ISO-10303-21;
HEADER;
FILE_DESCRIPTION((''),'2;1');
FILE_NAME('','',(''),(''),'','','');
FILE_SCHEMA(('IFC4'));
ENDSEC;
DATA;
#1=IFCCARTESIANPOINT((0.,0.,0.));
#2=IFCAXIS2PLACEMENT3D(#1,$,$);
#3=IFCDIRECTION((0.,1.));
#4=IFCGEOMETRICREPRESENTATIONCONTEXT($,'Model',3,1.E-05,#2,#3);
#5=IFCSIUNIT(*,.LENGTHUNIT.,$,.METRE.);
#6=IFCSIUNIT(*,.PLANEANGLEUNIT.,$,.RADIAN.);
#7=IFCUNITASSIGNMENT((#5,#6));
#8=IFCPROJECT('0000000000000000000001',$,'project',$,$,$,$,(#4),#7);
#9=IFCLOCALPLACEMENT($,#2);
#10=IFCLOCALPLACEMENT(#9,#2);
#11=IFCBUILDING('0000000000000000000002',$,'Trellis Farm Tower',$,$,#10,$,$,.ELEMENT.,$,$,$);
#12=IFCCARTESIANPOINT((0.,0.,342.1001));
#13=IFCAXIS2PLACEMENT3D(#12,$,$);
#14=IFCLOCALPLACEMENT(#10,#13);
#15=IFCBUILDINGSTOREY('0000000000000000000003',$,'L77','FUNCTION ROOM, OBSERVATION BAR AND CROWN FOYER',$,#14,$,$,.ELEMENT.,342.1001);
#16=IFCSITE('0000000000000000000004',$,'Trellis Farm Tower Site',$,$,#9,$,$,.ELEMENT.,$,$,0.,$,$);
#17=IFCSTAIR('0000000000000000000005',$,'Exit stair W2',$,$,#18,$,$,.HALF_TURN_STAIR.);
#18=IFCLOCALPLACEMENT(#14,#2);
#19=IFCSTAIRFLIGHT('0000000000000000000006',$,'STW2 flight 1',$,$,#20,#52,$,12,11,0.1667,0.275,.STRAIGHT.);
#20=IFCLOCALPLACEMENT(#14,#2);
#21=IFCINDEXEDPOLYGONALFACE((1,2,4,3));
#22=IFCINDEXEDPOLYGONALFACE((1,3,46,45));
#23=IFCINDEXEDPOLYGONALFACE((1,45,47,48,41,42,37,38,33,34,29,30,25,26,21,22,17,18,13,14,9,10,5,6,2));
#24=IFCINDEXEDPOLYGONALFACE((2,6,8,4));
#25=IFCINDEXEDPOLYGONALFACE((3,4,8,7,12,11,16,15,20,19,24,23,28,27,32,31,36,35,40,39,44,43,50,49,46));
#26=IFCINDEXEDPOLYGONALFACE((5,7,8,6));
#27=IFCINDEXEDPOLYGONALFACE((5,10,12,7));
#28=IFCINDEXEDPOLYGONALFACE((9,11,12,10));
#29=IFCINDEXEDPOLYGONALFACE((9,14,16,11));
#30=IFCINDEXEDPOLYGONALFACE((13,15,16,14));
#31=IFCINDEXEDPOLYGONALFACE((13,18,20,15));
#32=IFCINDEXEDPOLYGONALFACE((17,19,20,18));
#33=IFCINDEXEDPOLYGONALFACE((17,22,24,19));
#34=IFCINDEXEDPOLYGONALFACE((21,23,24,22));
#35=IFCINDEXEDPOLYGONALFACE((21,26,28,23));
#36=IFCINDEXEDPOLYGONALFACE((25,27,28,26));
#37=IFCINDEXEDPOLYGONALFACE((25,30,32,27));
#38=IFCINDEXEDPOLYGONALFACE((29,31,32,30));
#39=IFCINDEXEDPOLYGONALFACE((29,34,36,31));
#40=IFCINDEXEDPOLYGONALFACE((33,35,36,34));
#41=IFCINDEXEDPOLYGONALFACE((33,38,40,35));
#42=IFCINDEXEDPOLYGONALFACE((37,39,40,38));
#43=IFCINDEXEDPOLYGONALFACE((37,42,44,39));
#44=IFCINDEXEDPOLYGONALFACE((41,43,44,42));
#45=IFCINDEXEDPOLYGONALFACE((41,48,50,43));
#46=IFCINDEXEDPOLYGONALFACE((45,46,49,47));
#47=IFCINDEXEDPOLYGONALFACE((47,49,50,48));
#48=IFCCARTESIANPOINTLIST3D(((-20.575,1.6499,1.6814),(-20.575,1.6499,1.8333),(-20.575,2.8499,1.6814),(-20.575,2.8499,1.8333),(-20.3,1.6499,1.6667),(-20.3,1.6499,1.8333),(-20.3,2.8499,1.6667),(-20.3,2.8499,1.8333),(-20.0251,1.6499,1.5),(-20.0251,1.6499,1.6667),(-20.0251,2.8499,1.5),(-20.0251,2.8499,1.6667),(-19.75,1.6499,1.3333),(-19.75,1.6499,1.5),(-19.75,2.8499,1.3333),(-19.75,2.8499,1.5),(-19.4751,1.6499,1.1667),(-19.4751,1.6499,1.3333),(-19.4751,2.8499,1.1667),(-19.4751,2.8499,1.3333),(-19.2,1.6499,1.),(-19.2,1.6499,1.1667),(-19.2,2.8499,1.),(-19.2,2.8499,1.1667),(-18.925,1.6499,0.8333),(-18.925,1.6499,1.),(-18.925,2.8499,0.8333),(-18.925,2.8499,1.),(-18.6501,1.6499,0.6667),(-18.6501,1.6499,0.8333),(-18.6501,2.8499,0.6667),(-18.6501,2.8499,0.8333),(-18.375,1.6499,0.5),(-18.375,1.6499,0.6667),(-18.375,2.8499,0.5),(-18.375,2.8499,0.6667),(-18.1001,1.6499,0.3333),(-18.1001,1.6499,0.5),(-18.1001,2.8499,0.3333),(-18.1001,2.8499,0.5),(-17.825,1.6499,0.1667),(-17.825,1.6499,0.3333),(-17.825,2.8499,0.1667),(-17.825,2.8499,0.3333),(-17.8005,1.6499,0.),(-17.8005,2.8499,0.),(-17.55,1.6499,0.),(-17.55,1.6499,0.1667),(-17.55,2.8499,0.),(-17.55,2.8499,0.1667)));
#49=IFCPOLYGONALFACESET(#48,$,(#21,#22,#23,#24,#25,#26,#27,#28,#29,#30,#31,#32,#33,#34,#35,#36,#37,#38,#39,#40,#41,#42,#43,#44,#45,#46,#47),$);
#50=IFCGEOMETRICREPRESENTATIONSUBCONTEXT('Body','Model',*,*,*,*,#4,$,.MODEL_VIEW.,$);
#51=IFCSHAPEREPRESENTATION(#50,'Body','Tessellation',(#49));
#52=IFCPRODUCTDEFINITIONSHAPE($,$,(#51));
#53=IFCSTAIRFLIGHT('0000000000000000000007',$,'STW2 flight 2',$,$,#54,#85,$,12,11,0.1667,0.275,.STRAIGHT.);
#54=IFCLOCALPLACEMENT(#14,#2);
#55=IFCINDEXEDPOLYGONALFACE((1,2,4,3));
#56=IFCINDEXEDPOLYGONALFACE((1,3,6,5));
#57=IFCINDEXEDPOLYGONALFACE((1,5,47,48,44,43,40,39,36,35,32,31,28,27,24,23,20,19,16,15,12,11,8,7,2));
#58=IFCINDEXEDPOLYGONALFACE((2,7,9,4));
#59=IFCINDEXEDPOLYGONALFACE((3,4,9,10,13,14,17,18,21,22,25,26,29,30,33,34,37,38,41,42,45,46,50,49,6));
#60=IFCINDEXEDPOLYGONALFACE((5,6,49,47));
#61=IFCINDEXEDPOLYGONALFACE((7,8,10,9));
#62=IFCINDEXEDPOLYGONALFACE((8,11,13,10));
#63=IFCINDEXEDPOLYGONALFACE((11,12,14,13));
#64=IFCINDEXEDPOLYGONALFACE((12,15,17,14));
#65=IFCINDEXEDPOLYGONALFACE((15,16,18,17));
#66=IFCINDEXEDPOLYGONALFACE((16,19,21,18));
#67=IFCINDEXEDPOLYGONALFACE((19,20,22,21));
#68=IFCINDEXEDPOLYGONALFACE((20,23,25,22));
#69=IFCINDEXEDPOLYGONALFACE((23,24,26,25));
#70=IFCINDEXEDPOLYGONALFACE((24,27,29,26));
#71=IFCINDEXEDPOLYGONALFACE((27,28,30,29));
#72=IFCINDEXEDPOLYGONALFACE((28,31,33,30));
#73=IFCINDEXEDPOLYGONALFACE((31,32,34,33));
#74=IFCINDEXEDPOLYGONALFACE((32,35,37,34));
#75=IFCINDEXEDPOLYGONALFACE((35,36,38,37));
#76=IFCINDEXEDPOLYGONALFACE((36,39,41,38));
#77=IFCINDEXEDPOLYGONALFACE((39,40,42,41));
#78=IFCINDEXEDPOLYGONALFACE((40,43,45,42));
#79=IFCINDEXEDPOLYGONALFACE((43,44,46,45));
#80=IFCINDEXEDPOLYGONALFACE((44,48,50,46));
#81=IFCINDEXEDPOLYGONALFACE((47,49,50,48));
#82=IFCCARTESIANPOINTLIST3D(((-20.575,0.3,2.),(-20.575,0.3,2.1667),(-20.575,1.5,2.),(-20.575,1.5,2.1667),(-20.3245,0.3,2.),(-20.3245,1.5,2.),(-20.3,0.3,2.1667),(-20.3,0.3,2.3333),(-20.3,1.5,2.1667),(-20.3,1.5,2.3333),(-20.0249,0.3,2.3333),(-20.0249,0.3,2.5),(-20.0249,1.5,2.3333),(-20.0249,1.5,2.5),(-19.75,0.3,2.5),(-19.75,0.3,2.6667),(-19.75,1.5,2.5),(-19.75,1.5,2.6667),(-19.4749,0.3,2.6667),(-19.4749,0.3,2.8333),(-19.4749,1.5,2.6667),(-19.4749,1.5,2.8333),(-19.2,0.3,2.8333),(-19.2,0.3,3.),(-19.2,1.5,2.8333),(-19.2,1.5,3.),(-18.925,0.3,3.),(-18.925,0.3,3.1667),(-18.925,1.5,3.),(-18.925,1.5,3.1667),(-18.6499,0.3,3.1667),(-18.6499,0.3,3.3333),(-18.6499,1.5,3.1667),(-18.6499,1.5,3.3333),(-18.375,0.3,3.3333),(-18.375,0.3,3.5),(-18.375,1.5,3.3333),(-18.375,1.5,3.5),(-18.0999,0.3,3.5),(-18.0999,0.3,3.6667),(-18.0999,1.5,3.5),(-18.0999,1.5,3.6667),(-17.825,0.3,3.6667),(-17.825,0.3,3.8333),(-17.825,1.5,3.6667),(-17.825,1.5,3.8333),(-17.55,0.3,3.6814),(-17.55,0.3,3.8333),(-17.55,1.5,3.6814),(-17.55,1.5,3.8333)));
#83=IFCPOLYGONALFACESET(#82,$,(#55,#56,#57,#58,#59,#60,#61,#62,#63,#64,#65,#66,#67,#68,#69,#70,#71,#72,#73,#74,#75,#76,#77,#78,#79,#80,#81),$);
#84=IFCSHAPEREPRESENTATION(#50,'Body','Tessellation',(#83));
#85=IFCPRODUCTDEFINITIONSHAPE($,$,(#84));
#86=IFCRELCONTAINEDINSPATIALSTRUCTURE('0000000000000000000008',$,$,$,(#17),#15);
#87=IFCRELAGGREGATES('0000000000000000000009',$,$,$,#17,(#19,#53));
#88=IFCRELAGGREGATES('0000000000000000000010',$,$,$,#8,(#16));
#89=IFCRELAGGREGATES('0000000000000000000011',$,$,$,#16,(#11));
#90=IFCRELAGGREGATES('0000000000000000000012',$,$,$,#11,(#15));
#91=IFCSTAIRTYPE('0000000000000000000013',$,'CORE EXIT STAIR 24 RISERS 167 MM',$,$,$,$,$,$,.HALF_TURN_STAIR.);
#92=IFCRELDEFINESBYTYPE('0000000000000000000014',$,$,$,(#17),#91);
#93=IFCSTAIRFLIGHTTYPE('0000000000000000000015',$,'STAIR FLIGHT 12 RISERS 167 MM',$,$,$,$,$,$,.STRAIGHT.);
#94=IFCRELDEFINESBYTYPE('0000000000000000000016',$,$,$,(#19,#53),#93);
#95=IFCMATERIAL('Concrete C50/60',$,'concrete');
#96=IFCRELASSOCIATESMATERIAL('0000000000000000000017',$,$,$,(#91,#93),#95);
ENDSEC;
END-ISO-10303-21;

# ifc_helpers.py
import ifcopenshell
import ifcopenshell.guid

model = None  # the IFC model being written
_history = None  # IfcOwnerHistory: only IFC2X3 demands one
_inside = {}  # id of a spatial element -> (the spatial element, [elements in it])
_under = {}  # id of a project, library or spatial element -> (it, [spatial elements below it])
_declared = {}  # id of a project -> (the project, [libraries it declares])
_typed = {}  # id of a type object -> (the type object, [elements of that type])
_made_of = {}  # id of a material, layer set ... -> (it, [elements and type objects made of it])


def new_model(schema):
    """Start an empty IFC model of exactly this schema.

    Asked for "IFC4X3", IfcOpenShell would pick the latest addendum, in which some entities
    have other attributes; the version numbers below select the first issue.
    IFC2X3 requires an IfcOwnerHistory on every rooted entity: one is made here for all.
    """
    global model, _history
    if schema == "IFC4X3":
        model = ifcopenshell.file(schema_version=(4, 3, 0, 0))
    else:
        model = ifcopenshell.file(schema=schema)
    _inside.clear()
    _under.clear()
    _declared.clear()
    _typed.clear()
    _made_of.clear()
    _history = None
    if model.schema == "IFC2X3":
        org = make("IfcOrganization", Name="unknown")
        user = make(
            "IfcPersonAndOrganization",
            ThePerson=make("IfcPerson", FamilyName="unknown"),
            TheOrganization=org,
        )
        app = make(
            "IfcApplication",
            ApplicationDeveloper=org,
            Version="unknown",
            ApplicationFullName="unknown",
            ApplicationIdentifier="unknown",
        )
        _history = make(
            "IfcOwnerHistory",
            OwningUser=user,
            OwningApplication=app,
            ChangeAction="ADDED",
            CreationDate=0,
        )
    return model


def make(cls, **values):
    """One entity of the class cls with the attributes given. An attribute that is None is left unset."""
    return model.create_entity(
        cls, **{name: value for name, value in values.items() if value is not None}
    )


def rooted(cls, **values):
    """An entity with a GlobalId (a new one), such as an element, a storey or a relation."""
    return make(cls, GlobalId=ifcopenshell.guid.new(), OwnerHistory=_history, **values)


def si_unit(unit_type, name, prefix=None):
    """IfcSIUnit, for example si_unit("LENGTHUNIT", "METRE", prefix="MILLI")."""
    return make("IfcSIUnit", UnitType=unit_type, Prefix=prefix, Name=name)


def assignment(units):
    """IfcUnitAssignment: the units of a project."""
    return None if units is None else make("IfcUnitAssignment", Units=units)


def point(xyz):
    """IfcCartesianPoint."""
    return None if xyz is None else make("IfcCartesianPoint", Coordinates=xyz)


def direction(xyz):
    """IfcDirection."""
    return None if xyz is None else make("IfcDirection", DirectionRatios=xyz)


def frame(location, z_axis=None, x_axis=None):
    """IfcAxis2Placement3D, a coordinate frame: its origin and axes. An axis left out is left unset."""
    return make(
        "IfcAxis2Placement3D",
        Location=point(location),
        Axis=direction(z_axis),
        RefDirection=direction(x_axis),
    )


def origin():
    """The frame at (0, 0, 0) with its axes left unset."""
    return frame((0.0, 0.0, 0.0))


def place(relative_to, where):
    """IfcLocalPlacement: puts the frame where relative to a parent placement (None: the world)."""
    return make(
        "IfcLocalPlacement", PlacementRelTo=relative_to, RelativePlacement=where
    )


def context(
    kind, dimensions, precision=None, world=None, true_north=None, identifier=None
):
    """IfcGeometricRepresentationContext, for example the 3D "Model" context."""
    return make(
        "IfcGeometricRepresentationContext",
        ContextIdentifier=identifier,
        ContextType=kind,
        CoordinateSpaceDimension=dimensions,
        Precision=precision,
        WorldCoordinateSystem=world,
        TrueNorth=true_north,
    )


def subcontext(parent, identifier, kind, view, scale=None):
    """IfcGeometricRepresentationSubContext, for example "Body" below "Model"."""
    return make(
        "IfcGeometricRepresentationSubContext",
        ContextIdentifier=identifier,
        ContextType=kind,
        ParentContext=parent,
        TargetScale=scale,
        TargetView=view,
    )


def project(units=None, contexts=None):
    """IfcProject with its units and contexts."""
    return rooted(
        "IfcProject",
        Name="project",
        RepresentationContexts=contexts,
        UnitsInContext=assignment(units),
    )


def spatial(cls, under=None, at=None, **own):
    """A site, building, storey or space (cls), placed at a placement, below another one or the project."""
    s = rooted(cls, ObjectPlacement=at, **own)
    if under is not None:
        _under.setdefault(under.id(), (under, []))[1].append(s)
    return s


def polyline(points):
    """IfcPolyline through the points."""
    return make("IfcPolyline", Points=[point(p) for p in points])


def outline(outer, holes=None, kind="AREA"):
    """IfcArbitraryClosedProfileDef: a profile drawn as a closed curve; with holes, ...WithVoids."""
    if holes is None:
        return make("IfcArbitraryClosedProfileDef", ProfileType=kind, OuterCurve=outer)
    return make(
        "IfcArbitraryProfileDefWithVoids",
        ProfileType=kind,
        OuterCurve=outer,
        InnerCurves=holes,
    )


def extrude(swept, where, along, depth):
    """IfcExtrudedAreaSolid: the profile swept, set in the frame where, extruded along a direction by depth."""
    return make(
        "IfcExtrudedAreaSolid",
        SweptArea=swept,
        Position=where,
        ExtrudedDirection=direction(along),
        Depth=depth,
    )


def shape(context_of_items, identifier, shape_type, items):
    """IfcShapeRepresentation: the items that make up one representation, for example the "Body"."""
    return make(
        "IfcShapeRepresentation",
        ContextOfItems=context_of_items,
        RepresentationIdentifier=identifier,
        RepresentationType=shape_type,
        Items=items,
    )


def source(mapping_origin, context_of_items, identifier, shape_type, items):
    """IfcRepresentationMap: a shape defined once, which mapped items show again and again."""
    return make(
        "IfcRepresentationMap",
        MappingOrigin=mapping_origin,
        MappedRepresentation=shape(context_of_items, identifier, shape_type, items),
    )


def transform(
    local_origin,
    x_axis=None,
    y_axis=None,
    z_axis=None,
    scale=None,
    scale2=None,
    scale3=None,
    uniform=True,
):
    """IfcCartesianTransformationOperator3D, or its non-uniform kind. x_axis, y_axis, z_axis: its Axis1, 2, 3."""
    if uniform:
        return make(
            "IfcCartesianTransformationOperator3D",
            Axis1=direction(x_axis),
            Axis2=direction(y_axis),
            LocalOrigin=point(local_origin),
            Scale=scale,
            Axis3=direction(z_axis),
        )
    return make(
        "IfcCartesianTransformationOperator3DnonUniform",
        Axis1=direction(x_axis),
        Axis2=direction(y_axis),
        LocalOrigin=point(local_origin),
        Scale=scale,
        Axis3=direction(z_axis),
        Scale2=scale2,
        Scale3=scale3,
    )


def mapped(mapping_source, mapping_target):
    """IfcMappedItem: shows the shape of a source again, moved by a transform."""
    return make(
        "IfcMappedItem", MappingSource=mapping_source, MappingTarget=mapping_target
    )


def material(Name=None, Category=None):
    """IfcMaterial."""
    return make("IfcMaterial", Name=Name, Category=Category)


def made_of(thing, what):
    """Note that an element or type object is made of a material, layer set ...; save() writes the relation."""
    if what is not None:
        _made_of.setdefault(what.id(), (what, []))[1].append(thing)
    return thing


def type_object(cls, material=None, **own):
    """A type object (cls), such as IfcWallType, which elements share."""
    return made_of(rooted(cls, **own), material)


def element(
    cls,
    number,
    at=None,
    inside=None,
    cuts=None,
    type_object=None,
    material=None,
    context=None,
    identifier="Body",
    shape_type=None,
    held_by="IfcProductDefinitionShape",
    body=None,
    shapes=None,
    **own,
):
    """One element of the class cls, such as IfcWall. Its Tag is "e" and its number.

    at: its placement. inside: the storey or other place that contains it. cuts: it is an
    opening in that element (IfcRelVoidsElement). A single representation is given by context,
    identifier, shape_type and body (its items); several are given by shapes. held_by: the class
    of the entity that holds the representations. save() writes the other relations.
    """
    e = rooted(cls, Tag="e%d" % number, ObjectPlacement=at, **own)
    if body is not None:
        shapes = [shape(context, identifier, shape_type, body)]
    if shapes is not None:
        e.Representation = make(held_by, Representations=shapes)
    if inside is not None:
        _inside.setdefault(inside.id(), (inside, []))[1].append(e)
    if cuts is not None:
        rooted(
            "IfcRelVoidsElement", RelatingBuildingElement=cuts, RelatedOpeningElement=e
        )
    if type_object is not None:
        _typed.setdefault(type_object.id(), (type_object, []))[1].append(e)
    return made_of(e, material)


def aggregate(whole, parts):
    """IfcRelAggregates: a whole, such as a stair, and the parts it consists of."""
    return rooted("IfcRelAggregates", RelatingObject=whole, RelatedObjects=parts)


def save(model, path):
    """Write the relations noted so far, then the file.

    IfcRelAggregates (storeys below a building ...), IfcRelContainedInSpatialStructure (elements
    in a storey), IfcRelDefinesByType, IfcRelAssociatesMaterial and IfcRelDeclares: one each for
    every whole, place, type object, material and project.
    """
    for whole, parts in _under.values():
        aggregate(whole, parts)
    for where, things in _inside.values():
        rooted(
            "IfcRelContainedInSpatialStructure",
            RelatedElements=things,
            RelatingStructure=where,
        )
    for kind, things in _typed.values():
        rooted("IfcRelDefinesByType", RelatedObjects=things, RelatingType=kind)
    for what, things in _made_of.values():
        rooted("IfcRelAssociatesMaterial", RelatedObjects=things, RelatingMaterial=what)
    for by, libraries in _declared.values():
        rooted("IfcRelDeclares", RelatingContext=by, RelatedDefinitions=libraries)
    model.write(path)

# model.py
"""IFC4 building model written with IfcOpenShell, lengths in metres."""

from ifc_helpers import new_model, si_unit, direction, frame, origin, place, context, subcontext, project, spatial, polyline, outline, extrude, source, transform, mapped, material, type_object, element, aggregate, save


model = new_model("IFC4")

# Units and contexts
model_context = context("Model", 3, precision=1e-05, world=origin(), true_north=direction((0.0, 1.0)))
body_context = subcontext(model_context, "Body", "Model", "MODEL_VIEW")
ifc_project = project(units=[si_unit("LENGTHUNIT", "METRE"), si_unit("PLANEANGLEUNIT", "RADIAN")], contexts=[model_context])

# Site, building, storey
site_placement = place(None, origin())
site = spatial("IfcSite", under=ifc_project, at=site_placement, Name="Trellis Farm Tower Site", CompositionType="ELEMENT", RefElevation=0.0)
building_placement = place(site_placement, origin())
building = spatial("IfcBuilding", under=site, at=building_placement, Name="Trellis Farm Tower", CompositionType="ELEMENT")
storey_placement = place(building_placement, frame((0.0, 0.0, 342.1001)))
storey = spatial("IfcBuildingStorey", under=building, at=storey_placement, Name="L77", Description="FUNCTION ROOM, OBSERVATION BAR AND CROWN FOYER", CompositionType="ELEMENT", Elevation=342.1001)

# Shared definitions
ifc_material_1 = material(Name="Concrete C50/60", Category="concrete")

# Shared definitions
placement = place(storey_placement, origin())

# Stair, stair flights
stair_type = type_object("IfcStairType", Name="CORE EXIT STAIR 24 RISERS 167 MM", PredefinedType="HALF_TURN_STAIR", material=ifc_material_1)
stair_flight_type = type_object("IfcStairFlightType", Name="STAIR FLIGHT 12 RISERS 167 MM", PredefinedType="STRAIGHT", material=ifc_material_1)
shared_shape_1 = source(origin(), body_context, "Body", "SweptSolid", [
    extrude(outline(polyline([(0.0, 0.0), (0.0, 0.1667), (0.2749, 0.1667), (0.2749, 0.3333), (0.55, 0.3333), (0.55, 0.5), (0.825, 0.5), (0.825, 0.6667), (1.1001, 0.6667), (1.1001, 0.8333), (1.375, 0.8333), (1.375, 1.0), (1.6499, 1.0), (1.6499, 1.1667), (1.925, 1.1667), (1.925, 1.3333), (2.2, 1.3333), (2.2, 1.5), (2.4751, 1.5), (2.4751, 1.6667), (2.75, 1.6667), (2.75, 1.8333), (3.0249, 1.8333), (3.0249, 2.0), (3.0249, 1.6814), (0.2505, 0.0), (0.0, 0.0)])), frame((0.0, 0.6001, 0.0), z_axis=(0.0, -1.0, 0.0), x_axis=(1.0, 0.0, 0.0)), (0.0, 0.0, 1.0), 1.2),
])
stair_1 = element("IfcStair", 1, at=placement, inside=storey, type_object=stair_type, Name="Exit stair W2", PredefinedType="HALF_TURN_STAIR")
stair_flight_1_placement = place(storey_placement, frame((-17.55, 2.25, 0.0), z_axis=(0.0, 0.0, 1.0), x_axis=(-1.0, 0.0, 0.0)))
stair_flight_1 = element("IfcStairFlight", 2, at=stair_flight_1_placement, type_object=stair_flight_type, Name="STW2 flight 1", NumberOfRisers=12, NumberOfTreads=11, PredefinedType="STRAIGHT", RiserHeight=0.1667, TreadLength=0.275, context=body_context, shape_type="MappedRepresentation", body=[
    mapped(shared_shape_1, transform((0.0, 0.0, 0.0))),
])
stair_flight_2_placement = place(storey_placement, frame((-20.575, 0.8999, 2.0), z_axis=(0.0, 0.0, 1.0), x_axis=(1.0, 0.0, 0.0)))
stair_flight_2 = element("IfcStairFlight", 3, at=stair_flight_2_placement, type_object=stair_flight_type, Name="STW2 flight 2", NumberOfRisers=12, NumberOfTreads=11, PredefinedType="STRAIGHT", RiserHeight=0.1667, TreadLength=0.275, context=body_context, shape_type="MappedRepresentation", body=[
    mapped(shared_shape_1, transform((0.0, 0.0, 0.0))),
])
aggregate(stair_1, [stair_flight_1, stair_flight_2])

save(model, "model.ifc")
